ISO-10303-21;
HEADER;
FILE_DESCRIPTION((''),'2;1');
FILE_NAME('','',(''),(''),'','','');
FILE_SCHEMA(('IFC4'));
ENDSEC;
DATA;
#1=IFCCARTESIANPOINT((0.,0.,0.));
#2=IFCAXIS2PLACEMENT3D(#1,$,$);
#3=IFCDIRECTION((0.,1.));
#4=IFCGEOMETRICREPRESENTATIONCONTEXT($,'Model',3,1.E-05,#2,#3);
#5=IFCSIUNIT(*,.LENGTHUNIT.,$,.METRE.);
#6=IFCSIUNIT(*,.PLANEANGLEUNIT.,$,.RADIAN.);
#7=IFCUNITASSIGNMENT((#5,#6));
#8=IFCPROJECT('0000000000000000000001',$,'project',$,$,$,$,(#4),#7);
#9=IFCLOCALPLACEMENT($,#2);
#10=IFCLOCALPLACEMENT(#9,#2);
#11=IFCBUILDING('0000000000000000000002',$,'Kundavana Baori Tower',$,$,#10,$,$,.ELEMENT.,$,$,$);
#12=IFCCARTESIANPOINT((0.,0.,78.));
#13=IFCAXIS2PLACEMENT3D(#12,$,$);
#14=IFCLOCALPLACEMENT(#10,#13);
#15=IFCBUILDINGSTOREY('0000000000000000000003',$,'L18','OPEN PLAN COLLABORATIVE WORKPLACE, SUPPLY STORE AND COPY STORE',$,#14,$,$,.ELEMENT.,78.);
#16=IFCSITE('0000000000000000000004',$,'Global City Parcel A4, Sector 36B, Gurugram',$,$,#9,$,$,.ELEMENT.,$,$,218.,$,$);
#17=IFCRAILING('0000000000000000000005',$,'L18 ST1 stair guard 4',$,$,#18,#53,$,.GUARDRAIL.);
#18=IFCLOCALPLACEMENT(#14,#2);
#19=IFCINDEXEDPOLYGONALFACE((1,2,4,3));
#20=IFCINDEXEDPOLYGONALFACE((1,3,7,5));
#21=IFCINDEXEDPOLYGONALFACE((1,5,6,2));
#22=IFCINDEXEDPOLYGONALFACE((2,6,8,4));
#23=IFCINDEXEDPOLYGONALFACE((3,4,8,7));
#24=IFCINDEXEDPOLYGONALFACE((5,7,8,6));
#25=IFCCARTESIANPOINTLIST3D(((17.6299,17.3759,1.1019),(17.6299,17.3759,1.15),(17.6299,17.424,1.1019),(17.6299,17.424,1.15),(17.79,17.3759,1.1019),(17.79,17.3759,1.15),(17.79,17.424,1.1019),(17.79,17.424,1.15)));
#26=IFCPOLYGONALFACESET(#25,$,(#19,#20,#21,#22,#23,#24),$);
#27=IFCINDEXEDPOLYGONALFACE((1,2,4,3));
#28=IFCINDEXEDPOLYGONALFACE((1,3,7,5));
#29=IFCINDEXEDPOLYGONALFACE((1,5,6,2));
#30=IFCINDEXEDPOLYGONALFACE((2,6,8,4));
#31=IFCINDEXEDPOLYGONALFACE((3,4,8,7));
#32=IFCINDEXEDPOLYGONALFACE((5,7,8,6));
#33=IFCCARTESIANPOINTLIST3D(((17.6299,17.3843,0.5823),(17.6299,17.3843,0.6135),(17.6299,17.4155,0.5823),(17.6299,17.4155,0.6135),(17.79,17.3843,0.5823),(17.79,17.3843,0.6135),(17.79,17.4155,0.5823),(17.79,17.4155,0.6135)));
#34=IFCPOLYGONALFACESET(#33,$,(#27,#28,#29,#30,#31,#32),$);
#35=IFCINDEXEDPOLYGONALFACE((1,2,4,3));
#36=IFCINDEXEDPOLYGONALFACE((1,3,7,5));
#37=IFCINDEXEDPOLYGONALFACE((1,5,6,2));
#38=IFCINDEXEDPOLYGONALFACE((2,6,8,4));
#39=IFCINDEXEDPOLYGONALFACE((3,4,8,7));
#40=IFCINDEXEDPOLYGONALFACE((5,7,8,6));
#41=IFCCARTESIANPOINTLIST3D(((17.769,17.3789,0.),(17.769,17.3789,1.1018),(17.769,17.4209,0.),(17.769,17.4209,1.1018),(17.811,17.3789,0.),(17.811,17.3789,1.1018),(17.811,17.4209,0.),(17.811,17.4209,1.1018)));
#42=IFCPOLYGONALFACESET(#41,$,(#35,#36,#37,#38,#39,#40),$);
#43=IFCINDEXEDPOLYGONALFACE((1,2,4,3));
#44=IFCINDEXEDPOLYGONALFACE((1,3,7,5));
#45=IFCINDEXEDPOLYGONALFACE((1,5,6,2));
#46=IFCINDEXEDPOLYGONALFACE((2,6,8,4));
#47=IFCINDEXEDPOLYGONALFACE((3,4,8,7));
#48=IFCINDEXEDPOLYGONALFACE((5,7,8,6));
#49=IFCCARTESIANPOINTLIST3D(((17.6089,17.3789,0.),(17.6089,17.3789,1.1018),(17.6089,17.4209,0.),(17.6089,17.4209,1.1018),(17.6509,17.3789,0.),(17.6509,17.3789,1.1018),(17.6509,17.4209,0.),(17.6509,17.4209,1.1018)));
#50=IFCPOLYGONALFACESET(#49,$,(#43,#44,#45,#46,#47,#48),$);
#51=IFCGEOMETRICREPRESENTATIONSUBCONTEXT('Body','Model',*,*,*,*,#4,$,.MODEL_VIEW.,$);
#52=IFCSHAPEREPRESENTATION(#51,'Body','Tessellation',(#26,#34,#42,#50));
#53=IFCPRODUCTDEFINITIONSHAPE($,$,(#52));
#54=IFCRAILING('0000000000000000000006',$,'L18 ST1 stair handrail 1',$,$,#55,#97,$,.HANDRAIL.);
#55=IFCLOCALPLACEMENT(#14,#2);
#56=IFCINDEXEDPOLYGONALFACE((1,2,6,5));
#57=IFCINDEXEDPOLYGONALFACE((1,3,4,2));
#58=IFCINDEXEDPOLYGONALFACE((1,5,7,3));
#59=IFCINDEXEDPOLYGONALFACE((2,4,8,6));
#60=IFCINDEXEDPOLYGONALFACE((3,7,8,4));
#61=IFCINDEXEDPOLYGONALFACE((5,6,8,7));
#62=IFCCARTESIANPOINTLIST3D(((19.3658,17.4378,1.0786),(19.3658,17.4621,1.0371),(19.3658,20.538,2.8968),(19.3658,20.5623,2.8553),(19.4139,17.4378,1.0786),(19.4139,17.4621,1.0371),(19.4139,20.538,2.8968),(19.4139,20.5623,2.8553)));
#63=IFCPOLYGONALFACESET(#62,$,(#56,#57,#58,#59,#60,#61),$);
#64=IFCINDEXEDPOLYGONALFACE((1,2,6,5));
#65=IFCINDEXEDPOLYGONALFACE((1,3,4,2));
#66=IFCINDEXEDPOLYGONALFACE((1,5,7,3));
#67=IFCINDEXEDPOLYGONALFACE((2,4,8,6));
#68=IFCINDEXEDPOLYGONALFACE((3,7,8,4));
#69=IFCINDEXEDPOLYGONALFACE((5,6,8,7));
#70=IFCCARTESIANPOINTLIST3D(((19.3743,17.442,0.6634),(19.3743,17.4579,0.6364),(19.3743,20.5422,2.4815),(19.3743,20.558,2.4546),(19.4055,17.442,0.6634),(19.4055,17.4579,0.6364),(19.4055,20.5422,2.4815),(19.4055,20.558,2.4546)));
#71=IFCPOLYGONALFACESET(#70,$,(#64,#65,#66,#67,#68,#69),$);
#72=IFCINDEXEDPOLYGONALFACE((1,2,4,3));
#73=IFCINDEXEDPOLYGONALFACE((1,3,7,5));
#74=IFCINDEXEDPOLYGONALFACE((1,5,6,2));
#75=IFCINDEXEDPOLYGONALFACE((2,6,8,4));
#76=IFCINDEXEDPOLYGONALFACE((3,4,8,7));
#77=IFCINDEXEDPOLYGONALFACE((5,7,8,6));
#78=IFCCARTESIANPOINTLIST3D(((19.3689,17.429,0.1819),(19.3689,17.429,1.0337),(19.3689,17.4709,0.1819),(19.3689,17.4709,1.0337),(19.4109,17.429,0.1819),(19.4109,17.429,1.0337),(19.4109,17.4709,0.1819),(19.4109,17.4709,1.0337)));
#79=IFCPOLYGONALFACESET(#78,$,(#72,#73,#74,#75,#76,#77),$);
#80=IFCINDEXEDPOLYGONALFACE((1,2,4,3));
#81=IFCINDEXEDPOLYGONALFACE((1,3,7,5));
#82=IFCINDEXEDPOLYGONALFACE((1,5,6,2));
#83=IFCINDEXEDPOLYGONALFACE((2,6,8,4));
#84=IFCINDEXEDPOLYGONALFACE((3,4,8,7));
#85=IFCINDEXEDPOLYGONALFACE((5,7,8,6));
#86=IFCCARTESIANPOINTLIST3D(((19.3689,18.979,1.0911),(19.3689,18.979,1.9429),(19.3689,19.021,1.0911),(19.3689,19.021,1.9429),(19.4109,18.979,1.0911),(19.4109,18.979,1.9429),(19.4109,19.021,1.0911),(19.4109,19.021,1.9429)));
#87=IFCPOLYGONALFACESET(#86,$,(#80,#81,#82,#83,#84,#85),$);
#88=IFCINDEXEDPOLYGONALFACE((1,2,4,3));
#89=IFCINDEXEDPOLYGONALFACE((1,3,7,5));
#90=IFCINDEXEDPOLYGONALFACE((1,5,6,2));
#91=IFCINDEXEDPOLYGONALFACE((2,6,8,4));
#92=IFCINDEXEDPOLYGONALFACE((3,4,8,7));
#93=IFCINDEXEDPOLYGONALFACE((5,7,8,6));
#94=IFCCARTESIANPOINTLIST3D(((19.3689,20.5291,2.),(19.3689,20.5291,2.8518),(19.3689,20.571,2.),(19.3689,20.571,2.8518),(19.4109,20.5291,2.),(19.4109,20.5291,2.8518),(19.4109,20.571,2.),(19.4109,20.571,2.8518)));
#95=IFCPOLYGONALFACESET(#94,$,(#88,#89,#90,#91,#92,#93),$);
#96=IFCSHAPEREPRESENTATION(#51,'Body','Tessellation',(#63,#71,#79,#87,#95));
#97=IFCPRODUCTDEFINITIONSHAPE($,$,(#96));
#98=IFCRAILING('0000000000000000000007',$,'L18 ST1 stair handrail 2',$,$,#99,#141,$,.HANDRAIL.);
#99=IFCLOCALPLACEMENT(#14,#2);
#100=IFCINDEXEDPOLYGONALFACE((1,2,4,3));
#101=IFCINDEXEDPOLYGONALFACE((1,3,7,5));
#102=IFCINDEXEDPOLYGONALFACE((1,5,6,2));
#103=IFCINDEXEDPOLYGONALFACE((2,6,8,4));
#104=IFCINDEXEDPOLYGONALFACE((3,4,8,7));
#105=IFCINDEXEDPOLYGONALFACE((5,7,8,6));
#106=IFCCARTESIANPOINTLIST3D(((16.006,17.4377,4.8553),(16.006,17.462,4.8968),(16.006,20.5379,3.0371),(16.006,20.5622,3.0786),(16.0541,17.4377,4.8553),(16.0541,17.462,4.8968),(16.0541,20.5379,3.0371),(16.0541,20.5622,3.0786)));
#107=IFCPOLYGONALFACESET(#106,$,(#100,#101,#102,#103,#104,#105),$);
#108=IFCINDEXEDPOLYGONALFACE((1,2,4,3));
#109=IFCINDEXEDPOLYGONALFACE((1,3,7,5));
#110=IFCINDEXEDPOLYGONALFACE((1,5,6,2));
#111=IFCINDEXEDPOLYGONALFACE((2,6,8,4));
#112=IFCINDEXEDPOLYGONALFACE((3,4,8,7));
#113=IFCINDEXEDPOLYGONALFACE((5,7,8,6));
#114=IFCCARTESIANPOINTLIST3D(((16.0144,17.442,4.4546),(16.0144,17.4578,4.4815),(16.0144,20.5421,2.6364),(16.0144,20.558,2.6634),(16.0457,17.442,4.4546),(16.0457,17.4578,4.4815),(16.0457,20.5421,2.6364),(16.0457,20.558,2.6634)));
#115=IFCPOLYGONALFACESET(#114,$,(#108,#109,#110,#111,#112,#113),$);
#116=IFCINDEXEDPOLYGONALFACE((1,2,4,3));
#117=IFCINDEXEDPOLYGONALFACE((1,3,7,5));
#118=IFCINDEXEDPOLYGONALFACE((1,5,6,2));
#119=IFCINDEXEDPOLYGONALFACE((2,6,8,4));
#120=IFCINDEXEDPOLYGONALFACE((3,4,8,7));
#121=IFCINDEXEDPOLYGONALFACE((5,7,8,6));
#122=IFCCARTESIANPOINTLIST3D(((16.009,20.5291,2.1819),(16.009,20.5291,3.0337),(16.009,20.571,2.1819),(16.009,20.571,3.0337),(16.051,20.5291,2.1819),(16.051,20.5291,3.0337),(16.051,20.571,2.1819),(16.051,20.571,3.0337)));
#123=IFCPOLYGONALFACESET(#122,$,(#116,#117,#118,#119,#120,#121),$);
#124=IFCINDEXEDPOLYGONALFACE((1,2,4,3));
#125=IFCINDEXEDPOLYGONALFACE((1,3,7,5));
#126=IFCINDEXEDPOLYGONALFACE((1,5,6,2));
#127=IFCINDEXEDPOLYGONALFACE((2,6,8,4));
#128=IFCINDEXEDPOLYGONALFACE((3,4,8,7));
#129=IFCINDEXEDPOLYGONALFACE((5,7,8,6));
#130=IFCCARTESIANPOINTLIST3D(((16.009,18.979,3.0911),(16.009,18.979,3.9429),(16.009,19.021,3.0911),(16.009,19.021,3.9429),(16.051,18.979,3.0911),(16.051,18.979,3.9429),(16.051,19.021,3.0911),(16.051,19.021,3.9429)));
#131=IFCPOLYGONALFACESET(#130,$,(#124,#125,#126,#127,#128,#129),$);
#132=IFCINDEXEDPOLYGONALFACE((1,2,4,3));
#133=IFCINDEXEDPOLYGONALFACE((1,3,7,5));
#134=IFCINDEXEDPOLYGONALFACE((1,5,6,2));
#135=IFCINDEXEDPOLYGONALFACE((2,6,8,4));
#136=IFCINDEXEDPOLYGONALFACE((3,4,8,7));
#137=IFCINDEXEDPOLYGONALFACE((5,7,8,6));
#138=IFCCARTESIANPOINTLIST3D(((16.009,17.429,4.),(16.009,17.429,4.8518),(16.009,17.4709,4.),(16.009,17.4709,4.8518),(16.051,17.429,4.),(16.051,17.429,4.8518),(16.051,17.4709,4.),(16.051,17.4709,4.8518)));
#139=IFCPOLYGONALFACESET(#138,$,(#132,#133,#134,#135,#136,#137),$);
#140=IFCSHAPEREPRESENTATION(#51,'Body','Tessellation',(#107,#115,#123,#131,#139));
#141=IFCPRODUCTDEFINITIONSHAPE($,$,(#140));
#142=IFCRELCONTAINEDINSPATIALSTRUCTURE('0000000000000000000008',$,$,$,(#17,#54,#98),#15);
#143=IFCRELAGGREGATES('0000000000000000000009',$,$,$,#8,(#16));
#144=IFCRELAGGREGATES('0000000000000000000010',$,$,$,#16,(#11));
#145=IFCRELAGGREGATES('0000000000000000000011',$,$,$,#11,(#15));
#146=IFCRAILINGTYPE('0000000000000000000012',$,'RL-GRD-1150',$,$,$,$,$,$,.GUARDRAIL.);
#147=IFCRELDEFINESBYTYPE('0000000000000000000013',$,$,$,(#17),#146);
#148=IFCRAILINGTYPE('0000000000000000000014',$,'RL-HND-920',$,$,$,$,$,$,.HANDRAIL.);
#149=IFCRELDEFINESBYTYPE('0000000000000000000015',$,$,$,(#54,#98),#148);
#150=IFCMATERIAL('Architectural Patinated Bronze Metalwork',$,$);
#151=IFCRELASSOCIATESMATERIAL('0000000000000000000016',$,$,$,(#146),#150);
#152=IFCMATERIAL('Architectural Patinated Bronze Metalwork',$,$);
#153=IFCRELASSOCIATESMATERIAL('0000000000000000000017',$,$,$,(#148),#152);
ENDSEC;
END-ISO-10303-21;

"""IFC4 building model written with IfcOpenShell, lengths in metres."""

from ifc_helpers import new_model, si_unit, direction, frame, origin, origin_2d, place, context, subcontext, project, spatial, rectangle, extrude, material, type_object, element, save


model = new_model("IFC4")

# Units and contexts
model_context = context("Model", 3, precision=1e-05, world=origin(), true_north=direction((0.0, 1.0)))
body_context = subcontext(model_context, "Body", "Model", "MODEL_VIEW")
ifc_project = project(units=[si_unit("LENGTHUNIT", "METRE"), si_unit("PLANEANGLEUNIT", "RADIAN")], contexts=[model_context])

# Site, building, storey
site_placement = place(None, origin())
site = spatial("IfcSite", under=ifc_project, at=site_placement, Name="Global City Parcel A4, Sector 36B, Gurugram", CompositionType="ELEMENT", RefElevation=218.0)
building_placement = place(site_placement, origin())
building = spatial("IfcBuilding", under=site, at=building_placement, Name="Kundavana Baori Tower", CompositionType="ELEMENT")
storey_placement = place(building_placement, frame((0.0, 0.0, 78.0)))
storey = spatial("IfcBuildingStorey", under=building, at=storey_placement, Name="L18", Description="OPEN PLAN COLLABORATIVE WORKPLACE, SUPPLY STORE AND COPY STORE", CompositionType="ELEMENT", Elevation=78.0)

# Railings
ifc_material_1 = material(Name="Architectural Patinated Bronze Metalwork")
railing_type_1 = type_object("IfcRailingType", Name="RL-GRD-1150", PredefinedType="GUARDRAIL", material=ifc_material_1)
railing_1_placement = place(storey_placement, frame((17.79, 17.3999, 0.0)))
element("IfcRailing", 1, at=railing_1_placement, inside=storey, type_object=railing_type_1, Name="L18 ST1 stair guard 4", PredefinedType="GUARDRAIL", context=body_context, shape_type="SweptSolid", body=[
    extrude(rectangle(XDim=0.0481, YDim=0.0481, at=origin_2d()), frame((0.0, 0.0, 1.126), z_axis=(-1.0, 0.0, 0.0), x_axis=(0.0, -1.0, 0.0)), (0.0, 0.0, 1.0), 0.1602),
    extrude(rectangle(XDim=0.0312, YDim=0.0312, at=origin_2d()), frame((0.0, 0.0, 0.5979), z_axis=(-1.0, 0.0, 0.0), x_axis=(0.0, -1.0, 0.0)), (0.0, 0.0, 1.0), 0.1602),
    extrude(rectangle(XDim=0.042, YDim=0.042, at=origin_2d()), origin(), (0.0, 0.0, 1.0), 1.1018),
    extrude(rectangle(XDim=0.042, YDim=0.042, at=origin_2d()), frame((-0.1602, 0.0, 0.0)), (0.0, 0.0, 1.0), 1.1018),
])
ifc_material_2 = material(Name="Architectural Patinated Bronze Metalwork")
railing_type_2 = type_object("IfcRailingType", Name="RL-HND-920", PredefinedType="HANDRAIL", material=ifc_material_2)
railing_2_placement = place(storey_placement, frame((19.3899, 17.45, 0.1819)))
element("IfcRailing", 2, at=railing_2_placement, inside=storey, type_object=railing_type_2, Name="L18 ST1 stair handrail 1", PredefinedType="HANDRAIL", context=body_context, shape_type="SweptSolid", body=[
    extrude(rectangle(XDim=0.0481, YDim=0.0481, at=origin_2d()), frame((0.0, 0.0, 0.876), z_axis=(0.0, 0.862599, 0.505889), x_axis=(-1.0, 0.0, 0.0)), (0.0, 0.0, 1.0), 3.594),
    extrude(rectangle(XDim=0.0312, YDim=0.0312, at=origin_2d()), frame((0.0, 0.0, 0.468), z_axis=(0.0, 0.862599, 0.505889), x_axis=(-1.0, 0.0, 0.0)), (0.0, 0.0, 1.0), 3.594),
    extrude(rectangle(XDim=0.042, YDim=0.042, at=origin_2d()), origin(), (0.0, 0.0, 1.0), 0.8518),
    extrude(rectangle(XDim=0.042, YDim=0.042, at=origin_2d()), frame((0.0, 1.55, 0.9092)), (0.0, 0.0, 1.0), 0.8518),
    extrude(rectangle(XDim=0.042, YDim=0.042, at=origin_2d()), frame((0.0, 3.1001, 1.8181)), (0.0, 0.0, 1.0), 0.8518),
])
railing_3_placement = place(storey_placement, frame((16.03, 20.55, 2.1819)))
element("IfcRailing", 3, at=railing_3_placement, inside=storey, type_object=railing_type_2, Name="L18 ST1 stair handrail 2", PredefinedType="HANDRAIL", context=body_context, shape_type="SweptSolid", body=[
    extrude(rectangle(XDim=0.0481, YDim=0.0481, at=origin_2d()), frame((0.0, 0.0, 0.876), z_axis=(0.0, -0.862599, 0.505889), x_axis=(1.0, 0.0, 0.0)), (0.0, 0.0, 1.0), 3.594),
    extrude(rectangle(XDim=0.0312, YDim=0.0312, at=origin_2d()), frame((0.0, 0.0, 0.468), z_axis=(0.0, -0.862599, 0.505889), x_axis=(1.0, 0.0, 0.0)), (0.0, 0.0, 1.0), 3.594),
    extrude(rectangle(XDim=0.042, YDim=0.042, at=origin_2d()), origin(), (0.0, 0.0, 1.0), 0.8518),
    extrude(rectangle(XDim=0.042, YDim=0.042, at=origin_2d()), frame((0.0, -1.55, 0.9092)), (0.0, 0.0, 1.0), 0.8518),
    extrude(rectangle(XDim=0.042, YDim=0.042, at=origin_2d()), frame((0.0, -3.1001, 1.8181)), (0.0, 0.0, 1.0), 0.8518),
])

save(model, "model.ifc")
